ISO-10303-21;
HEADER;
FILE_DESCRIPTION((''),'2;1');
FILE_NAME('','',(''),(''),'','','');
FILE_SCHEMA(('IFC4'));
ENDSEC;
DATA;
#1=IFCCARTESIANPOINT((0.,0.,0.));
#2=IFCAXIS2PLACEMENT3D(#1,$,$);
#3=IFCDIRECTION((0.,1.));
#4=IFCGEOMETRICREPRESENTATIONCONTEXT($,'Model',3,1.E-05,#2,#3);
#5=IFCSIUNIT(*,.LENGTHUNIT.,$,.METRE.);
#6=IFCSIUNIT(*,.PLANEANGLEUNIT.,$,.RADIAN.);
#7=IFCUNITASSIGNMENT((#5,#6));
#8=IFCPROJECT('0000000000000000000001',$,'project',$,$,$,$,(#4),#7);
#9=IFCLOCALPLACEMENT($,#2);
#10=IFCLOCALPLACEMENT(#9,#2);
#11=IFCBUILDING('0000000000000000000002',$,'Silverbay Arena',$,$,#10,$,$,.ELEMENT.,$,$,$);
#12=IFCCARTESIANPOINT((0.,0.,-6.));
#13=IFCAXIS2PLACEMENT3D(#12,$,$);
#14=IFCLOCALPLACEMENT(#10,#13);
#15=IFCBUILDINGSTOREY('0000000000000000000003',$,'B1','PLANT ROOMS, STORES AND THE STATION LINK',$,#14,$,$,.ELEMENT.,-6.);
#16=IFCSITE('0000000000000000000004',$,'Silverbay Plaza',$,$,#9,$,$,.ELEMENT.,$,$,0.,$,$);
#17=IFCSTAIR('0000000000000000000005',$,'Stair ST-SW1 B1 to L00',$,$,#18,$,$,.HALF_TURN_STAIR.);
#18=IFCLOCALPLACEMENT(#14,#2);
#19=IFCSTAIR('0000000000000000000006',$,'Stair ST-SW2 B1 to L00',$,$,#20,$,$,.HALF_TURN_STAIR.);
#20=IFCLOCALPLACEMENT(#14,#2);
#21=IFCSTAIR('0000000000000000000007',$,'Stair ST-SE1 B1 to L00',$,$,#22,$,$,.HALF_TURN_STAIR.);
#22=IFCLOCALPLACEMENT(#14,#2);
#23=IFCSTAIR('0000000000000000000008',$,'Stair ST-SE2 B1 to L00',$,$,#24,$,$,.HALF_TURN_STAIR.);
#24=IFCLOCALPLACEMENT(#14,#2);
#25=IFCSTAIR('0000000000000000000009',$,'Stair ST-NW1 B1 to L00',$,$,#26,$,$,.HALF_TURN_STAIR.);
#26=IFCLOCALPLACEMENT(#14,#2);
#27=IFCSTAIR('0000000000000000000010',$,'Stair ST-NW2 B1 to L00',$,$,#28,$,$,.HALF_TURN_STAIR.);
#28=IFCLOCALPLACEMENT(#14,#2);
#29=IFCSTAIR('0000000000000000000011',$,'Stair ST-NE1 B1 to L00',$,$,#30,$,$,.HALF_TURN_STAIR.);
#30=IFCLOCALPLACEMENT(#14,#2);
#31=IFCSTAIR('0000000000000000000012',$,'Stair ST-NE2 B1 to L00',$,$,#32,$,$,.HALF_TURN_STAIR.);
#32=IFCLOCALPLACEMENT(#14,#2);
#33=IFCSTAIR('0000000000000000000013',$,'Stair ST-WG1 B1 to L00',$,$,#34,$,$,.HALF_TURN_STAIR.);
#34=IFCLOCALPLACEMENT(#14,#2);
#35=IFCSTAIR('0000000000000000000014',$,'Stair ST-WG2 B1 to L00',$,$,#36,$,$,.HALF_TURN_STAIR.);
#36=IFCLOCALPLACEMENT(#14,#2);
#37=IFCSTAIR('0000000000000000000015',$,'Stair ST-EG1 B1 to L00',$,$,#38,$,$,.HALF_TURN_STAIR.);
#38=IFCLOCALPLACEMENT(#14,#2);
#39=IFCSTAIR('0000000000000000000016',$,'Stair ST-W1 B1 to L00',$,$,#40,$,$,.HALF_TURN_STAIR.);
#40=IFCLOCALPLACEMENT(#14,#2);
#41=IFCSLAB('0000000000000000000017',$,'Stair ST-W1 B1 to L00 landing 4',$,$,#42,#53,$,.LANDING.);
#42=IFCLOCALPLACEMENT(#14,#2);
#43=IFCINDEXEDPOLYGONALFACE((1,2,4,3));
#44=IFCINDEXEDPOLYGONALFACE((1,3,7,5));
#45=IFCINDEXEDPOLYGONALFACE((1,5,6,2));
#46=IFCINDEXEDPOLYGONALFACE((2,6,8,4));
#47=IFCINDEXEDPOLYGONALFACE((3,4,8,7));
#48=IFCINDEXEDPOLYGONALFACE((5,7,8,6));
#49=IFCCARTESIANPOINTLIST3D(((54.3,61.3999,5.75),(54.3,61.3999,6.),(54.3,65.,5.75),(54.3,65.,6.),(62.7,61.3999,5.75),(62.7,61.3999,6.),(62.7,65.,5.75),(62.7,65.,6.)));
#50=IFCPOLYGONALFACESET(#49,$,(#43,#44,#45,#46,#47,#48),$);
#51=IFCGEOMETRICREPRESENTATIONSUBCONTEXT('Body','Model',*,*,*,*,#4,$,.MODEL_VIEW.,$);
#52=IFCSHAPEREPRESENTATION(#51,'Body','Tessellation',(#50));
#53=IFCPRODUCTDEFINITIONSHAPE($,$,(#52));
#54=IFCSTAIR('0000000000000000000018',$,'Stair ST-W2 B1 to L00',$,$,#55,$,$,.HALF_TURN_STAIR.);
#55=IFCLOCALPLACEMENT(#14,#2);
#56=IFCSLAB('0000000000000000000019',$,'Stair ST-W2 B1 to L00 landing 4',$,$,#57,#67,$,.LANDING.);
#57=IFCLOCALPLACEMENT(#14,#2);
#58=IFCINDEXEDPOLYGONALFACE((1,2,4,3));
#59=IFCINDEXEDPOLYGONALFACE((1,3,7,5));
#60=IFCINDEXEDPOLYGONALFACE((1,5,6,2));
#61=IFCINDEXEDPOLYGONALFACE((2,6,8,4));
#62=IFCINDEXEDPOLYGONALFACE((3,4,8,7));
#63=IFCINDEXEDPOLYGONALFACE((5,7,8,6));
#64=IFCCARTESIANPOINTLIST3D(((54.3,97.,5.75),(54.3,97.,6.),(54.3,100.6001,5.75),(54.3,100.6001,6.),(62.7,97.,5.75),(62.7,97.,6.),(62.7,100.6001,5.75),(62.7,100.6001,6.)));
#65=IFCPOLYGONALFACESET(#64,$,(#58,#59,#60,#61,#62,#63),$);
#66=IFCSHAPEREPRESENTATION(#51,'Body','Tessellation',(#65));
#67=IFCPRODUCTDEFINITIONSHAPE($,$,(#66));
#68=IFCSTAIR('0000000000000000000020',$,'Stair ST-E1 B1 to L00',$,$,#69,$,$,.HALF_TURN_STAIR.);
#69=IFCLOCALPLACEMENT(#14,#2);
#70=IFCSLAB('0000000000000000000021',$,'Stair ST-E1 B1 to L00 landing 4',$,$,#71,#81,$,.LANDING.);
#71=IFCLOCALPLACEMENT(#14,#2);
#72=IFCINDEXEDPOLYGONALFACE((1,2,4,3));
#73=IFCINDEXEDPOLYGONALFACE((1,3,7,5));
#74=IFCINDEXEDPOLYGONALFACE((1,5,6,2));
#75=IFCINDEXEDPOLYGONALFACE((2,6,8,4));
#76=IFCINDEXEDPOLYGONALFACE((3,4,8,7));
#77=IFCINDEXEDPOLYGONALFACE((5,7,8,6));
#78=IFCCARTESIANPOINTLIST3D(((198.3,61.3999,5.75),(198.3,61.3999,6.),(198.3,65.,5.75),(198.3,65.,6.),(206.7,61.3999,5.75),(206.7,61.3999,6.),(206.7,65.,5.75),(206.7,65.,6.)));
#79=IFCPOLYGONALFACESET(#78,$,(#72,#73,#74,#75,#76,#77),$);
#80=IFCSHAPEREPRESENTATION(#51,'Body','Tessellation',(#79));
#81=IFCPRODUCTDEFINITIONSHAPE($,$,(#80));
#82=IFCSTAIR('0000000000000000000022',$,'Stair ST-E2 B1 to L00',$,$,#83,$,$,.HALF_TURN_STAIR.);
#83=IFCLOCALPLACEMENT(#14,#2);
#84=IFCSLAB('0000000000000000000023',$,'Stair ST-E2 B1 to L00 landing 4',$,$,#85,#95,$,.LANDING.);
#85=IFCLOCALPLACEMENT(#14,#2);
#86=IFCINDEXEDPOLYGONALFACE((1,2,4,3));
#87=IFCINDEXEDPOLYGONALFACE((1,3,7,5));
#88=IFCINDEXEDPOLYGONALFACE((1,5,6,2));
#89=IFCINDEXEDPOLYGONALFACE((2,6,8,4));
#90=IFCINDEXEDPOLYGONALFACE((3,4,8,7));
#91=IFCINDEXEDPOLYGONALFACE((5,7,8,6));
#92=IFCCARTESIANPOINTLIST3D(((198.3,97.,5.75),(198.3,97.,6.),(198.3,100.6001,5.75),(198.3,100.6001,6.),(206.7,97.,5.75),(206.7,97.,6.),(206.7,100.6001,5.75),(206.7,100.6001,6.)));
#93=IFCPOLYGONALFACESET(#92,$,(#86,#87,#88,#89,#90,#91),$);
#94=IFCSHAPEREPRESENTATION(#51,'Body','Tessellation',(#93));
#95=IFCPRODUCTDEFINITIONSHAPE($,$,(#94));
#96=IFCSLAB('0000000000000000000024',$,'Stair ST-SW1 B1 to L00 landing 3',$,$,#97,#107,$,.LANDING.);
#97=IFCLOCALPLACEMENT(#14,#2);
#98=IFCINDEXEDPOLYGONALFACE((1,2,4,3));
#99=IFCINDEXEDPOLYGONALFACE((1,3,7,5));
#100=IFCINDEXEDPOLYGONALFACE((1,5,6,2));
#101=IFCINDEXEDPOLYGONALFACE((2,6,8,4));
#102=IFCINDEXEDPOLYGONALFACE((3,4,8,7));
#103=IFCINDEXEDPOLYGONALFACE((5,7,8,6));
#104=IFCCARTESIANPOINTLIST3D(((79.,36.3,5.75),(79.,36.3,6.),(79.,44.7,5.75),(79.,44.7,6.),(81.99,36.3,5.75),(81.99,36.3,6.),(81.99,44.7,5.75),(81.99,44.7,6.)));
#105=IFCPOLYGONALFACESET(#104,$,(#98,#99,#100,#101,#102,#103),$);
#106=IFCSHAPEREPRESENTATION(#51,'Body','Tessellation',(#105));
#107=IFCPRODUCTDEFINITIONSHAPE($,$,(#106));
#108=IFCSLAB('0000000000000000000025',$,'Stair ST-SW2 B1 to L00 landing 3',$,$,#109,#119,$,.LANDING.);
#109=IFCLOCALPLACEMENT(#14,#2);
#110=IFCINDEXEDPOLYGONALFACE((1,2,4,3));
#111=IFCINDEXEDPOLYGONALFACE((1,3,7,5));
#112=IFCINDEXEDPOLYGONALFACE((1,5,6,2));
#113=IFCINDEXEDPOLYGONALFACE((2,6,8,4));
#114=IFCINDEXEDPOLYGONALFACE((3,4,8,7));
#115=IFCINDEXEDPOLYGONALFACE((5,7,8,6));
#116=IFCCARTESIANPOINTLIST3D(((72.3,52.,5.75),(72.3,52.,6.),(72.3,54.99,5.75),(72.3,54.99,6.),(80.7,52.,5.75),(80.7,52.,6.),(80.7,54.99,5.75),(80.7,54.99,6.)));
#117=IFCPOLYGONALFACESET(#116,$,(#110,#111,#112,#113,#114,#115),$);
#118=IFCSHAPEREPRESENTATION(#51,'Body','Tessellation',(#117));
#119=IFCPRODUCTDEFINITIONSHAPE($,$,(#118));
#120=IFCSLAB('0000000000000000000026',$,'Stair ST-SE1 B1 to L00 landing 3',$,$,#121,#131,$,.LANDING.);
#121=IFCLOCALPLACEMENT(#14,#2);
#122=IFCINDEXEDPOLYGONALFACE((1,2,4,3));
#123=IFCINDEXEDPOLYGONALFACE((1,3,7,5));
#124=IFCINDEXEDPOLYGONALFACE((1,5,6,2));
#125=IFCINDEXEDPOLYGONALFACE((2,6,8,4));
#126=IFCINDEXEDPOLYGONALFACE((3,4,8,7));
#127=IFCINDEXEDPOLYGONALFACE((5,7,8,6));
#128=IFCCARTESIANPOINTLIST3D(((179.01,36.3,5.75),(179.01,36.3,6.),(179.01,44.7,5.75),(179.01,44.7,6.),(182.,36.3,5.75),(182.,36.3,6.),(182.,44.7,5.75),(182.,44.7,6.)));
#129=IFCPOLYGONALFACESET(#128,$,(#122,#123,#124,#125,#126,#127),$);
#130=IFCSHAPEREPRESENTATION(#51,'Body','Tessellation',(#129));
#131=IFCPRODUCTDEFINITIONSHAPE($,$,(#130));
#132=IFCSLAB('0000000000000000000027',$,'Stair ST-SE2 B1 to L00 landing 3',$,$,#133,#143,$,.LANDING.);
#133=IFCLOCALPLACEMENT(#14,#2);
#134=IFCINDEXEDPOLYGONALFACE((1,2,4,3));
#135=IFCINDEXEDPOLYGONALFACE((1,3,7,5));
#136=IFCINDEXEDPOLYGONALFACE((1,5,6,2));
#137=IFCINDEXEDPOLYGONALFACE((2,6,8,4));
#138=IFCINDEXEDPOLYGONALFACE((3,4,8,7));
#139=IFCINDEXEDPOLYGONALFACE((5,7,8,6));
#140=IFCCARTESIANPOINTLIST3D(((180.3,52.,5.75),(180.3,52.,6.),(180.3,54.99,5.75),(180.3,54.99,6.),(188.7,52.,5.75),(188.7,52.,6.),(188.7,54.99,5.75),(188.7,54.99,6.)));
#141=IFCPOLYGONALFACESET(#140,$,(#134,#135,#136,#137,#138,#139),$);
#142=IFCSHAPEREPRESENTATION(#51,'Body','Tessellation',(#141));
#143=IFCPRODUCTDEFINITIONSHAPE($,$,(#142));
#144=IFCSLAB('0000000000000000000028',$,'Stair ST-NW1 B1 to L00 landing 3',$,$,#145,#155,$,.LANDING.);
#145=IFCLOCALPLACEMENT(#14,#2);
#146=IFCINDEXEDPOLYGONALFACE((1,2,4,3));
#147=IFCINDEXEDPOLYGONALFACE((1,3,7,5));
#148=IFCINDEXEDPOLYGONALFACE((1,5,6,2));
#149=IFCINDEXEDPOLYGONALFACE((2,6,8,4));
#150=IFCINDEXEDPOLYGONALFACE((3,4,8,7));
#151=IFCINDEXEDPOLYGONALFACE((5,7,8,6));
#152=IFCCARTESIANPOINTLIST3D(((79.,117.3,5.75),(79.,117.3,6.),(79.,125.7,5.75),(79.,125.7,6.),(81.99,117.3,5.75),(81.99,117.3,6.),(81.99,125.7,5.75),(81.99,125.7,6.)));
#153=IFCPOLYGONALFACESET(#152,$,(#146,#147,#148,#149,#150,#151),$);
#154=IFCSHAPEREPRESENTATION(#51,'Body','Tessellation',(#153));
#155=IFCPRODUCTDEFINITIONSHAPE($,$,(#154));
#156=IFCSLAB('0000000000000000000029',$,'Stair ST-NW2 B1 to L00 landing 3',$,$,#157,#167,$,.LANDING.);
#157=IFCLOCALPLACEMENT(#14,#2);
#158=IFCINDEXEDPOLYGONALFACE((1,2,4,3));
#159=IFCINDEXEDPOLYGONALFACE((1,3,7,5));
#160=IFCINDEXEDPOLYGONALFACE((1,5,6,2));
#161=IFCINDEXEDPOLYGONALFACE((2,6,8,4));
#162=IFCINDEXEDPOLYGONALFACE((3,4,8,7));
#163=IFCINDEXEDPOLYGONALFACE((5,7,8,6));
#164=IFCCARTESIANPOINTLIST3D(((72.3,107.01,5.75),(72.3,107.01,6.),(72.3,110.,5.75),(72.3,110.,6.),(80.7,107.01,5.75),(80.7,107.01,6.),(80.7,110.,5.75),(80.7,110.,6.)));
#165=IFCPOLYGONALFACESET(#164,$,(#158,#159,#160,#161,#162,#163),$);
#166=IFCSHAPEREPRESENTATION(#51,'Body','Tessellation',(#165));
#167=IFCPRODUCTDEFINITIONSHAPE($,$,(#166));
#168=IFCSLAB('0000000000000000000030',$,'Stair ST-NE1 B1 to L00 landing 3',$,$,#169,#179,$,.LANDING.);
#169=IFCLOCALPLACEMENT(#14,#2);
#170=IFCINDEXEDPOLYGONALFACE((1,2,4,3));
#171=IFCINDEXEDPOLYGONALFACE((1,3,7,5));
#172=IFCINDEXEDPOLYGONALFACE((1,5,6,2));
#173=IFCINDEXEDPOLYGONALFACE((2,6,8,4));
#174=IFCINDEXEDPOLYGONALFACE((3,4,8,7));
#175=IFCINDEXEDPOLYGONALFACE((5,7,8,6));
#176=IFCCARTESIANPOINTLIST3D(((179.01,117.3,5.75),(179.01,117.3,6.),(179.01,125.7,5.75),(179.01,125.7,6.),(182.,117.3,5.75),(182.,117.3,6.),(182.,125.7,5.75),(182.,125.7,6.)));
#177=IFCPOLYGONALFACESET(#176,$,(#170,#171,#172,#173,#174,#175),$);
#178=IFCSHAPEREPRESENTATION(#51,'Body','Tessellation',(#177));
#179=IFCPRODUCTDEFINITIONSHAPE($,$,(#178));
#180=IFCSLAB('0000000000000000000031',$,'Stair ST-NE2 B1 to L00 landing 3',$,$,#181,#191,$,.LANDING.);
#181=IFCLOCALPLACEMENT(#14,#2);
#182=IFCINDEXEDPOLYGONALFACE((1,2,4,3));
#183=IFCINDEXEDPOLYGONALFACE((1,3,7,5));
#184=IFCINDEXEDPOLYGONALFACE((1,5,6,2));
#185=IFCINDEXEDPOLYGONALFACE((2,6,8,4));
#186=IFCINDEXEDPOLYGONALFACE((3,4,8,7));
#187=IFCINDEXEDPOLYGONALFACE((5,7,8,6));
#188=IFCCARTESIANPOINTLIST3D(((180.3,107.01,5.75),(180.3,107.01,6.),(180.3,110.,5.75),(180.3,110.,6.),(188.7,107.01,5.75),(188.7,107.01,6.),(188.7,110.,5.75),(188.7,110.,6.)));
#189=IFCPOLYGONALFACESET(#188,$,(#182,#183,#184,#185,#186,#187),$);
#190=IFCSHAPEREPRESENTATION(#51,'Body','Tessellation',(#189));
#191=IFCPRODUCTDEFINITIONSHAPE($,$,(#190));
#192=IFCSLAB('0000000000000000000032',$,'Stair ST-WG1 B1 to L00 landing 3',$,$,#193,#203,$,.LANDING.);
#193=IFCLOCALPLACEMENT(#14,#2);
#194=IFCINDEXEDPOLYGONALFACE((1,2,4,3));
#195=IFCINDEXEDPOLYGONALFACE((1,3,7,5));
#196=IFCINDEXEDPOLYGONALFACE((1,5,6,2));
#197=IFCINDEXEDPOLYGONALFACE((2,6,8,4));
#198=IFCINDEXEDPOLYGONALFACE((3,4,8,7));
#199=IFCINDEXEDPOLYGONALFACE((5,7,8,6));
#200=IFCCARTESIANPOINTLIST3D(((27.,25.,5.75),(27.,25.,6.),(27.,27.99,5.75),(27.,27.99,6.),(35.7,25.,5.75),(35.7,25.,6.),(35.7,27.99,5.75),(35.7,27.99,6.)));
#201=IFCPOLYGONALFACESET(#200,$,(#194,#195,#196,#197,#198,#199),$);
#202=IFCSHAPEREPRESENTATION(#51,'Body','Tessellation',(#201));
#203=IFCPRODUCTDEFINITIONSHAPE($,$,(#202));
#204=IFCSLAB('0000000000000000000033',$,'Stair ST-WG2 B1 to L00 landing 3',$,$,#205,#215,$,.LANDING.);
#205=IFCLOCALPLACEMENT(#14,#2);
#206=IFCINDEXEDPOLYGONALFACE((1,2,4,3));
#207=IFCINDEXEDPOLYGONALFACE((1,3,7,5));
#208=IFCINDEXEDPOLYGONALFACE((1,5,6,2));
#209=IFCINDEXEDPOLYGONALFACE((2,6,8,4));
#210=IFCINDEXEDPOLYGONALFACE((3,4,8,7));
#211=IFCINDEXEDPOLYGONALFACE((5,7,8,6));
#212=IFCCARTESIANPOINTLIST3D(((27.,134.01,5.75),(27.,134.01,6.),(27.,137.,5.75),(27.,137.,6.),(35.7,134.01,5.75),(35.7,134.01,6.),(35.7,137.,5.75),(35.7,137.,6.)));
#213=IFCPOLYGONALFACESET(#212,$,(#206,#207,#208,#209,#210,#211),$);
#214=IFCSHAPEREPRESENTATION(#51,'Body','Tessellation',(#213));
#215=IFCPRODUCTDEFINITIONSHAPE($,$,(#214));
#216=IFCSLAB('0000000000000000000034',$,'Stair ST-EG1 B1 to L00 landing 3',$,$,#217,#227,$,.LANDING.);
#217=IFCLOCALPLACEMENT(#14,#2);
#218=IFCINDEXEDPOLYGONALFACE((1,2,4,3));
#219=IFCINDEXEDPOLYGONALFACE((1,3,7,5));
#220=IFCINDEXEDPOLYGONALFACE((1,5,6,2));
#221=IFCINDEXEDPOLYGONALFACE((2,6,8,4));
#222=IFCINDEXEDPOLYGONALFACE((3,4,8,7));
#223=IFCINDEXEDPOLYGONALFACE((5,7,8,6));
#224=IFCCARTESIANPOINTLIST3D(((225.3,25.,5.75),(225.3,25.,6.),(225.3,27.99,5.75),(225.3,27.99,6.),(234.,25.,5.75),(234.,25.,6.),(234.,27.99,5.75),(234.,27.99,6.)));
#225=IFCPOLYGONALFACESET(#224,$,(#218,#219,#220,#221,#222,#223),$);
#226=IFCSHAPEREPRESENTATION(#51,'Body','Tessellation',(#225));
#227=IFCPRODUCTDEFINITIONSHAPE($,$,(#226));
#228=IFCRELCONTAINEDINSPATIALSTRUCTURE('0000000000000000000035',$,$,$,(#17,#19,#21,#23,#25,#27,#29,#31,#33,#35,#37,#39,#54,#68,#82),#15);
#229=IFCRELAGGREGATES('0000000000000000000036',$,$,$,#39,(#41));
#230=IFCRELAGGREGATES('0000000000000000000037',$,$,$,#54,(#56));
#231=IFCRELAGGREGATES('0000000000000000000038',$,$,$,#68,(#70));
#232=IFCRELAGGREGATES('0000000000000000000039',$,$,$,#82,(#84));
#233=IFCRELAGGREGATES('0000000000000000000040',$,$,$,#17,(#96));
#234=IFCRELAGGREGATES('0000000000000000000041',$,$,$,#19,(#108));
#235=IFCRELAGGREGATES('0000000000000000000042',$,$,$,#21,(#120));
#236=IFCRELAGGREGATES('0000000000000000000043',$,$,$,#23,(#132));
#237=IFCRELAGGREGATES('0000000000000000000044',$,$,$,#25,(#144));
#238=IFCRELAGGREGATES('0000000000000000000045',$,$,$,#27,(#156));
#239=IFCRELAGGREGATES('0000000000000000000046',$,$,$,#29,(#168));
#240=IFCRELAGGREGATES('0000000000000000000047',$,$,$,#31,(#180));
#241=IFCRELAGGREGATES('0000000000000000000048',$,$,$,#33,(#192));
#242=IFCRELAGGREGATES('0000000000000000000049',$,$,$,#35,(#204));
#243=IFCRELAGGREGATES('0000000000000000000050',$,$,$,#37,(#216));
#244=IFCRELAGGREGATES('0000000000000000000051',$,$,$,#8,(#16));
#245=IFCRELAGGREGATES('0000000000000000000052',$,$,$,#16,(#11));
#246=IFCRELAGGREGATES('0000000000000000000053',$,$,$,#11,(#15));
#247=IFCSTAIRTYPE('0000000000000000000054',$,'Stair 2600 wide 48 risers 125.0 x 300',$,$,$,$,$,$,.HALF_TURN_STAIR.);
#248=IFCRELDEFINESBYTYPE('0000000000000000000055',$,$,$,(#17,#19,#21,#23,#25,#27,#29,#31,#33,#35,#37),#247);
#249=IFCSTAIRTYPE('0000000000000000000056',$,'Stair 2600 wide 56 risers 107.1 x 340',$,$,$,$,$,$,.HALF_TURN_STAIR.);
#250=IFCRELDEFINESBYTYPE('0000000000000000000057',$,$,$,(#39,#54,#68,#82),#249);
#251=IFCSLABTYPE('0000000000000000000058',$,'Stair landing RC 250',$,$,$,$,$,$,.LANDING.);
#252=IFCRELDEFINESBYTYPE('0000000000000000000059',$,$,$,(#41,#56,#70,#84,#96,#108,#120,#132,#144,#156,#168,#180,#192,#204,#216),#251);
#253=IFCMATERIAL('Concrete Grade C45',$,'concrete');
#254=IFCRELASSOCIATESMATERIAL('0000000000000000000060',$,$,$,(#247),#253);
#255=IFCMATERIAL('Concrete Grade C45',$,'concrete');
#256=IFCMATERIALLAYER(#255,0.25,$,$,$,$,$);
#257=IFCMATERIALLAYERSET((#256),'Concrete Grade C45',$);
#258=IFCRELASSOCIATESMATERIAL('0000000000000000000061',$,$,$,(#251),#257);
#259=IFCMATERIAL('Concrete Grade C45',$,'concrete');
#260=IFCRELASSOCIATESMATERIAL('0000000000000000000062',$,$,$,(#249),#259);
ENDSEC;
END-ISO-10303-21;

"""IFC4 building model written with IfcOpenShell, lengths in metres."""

from ifc_helpers import new_model, si_unit, direction, frame, origin, place, context, subcontext, project, spatial, polyline, outline, extrude, material, layer, layer_set, type_object, element, aggregate, save


model = new_model("IFC4")

# Units and contexts
model_context = context("Model", 3, precision=1e-05, world=origin(), true_north=direction((0.0, 1.0)))
body_context = subcontext(model_context, "Body", "Model", "MODEL_VIEW")
ifc_project = project(units=[si_unit("LENGTHUNIT", "METRE"), si_unit("PLANEANGLEUNIT", "RADIAN")], contexts=[model_context])

# Site, building, storey
site_placement = place(None, origin())
site = spatial("IfcSite", under=ifc_project, at=site_placement, Name="Silverbay Plaza", CompositionType="ELEMENT", RefElevation=0.0)
building_placement = place(site_placement, origin())
building = spatial("IfcBuilding", under=site, at=building_placement, Name="Silverbay Arena", CompositionType="ELEMENT")
storey_placement = place(building_placement, frame((0.0, 0.0, -6.0)))
storey = spatial("IfcBuildingStorey", under=building, at=storey_placement, Name="B1", Description="PLANT ROOMS, STORES AND THE STATION LINK", CompositionType="ELEMENT", Elevation=-6.0)

# Stairs
ifc_material_1 = material(Name="Concrete Grade C45", Category="concrete")
stair_type_1 = type_object("IfcStairType", Name="Stair 2600 wide 48 risers 125.0 x 300", PredefinedType="HALF_TURN_STAIR", material=ifc_material_1)
stair_1_placement = place(storey_placement, origin())
stair_1 = element("IfcStair", 1, at=stair_1_placement, inside=storey, type_object=stair_type_1, Name="Stair ST-SW1 B1 to L00", PredefinedType="HALF_TURN_STAIR")
stair_2_placement = place(storey_placement, origin())
stair_2 = element("IfcStair", 2, at=stair_2_placement, inside=storey, type_object=stair_type_1, Name="Stair ST-SW2 B1 to L00", PredefinedType="HALF_TURN_STAIR")
stair_3_placement = place(storey_placement, origin())
stair_3 = element("IfcStair", 3, at=stair_3_placement, inside=storey, type_object=stair_type_1, Name="Stair ST-SE1 B1 to L00", PredefinedType="HALF_TURN_STAIR")
stair_4_placement = place(storey_placement, origin())
stair_4 = element("IfcStair", 4, at=stair_4_placement, inside=storey, type_object=stair_type_1, Name="Stair ST-SE2 B1 to L00", PredefinedType="HALF_TURN_STAIR")
stair_5_placement = place(storey_placement, origin())
stair_5 = element("IfcStair", 5, at=stair_5_placement, inside=storey, type_object=stair_type_1, Name="Stair ST-NW1 B1 to L00", PredefinedType="HALF_TURN_STAIR")
stair_6_placement = place(storey_placement, origin())
stair_6 = element("IfcStair", 6, at=stair_6_placement, inside=storey, type_object=stair_type_1, Name="Stair ST-NW2 B1 to L00", PredefinedType="HALF_TURN_STAIR")
stair_7_placement = place(storey_placement, origin())
stair_7 = element("IfcStair", 7, at=stair_7_placement, inside=storey, type_object=stair_type_1, Name="Stair ST-NE1 B1 to L00", PredefinedType="HALF_TURN_STAIR")
stair_8_placement = place(storey_placement, origin())
stair_8 = element("IfcStair", 8, at=stair_8_placement, inside=storey, type_object=stair_type_1, Name="Stair ST-NE2 B1 to L00", PredefinedType="HALF_TURN_STAIR")
stair_9_placement = place(storey_placement, origin())
stair_9 = element("IfcStair", 9, at=stair_9_placement, inside=storey, type_object=stair_type_1, Name="Stair ST-WG1 B1 to L00", PredefinedType="HALF_TURN_STAIR")
stair_10_placement = place(storey_placement, origin())
stair_10 = element("IfcStair", 10, at=stair_10_placement, inside=storey, type_object=stair_type_1, Name="Stair ST-WG2 B1 to L00", PredefinedType="HALF_TURN_STAIR")
stair_11_placement = place(storey_placement, origin())
stair_11 = element("IfcStair", 11, at=stair_11_placement, inside=storey, type_object=stair_type_1, Name="Stair ST-EG1 B1 to L00", PredefinedType="HALF_TURN_STAIR")

# Shared definitions
ifc_material_2 = material(Name="Concrete Grade C45", Category="concrete")
ifc_layer_1 = layer(ifc_material_2, 0.25)
ifc_layer_set_1 = layer_set([ifc_layer_1], Name="Concrete Grade C45")
slab_type_1 = type_object("IfcSlabType", Name="Stair landing RC 250", PredefinedType="LANDING", material=ifc_layer_set_1)

# Stairs, slabs
ifc_material_3 = material(Name="Concrete Grade C45", Category="concrete")
stair_type_2 = type_object("IfcStairType", Name="Stair 2600 wide 56 risers 107.1 x 340", PredefinedType="HALF_TURN_STAIR", material=ifc_material_3)
stair_12_placement = place(storey_placement, origin())
stair_12 = element("IfcStair", 12, at=stair_12_placement, inside=storey, type_object=stair_type_2, Name="Stair ST-W1 B1 to L00", PredefinedType="HALF_TURN_STAIR")
slab_1_placement = place(storey_placement, frame((0.0, 0.0, 5.75)))
slab_1 = element("IfcSlab", 13, at=slab_1_placement, type_object=slab_type_1, Name="Stair ST-W1 B1 to L00 landing 4", PredefinedType="LANDING", context=body_context, shape_type="SweptSolid", body=[
    extrude(outline(polyline([(62.7, 65.0), (62.7, 61.3999), (54.3, 61.3999), (54.3, 65.0), (62.7, 65.0)])), origin(), (0.0, 0.0, 1.0), 0.25),
])
aggregate(stair_12, [slab_1])
stair_13_placement = place(storey_placement, origin())
stair_13 = element("IfcStair", 14, at=stair_13_placement, inside=storey, type_object=stair_type_2, Name="Stair ST-W2 B1 to L00", PredefinedType="HALF_TURN_STAIR")
slab_2_placement = place(storey_placement, frame((0.0, 0.0, 5.75)))
slab_2 = element("IfcSlab", 15, at=slab_2_placement, type_object=slab_type_1, Name="Stair ST-W2 B1 to L00 landing 4", PredefinedType="LANDING", context=body_context, shape_type="SweptSolid", body=[
    extrude(outline(polyline([(62.7, 97.0), (62.7, 100.6001), (54.3, 100.6001), (54.3, 97.0), (62.7, 97.0)])), origin(), (0.0, 0.0, 1.0), 0.25),
])
aggregate(stair_13, [slab_2])
stair_14_placement = place(storey_placement, origin())
stair_14 = element("IfcStair", 16, at=stair_14_placement, inside=storey, type_object=stair_type_2, Name="Stair ST-E1 B1 to L00", PredefinedType="HALF_TURN_STAIR")
slab_3_placement = place(storey_placement, frame((0.0, 0.0, 5.75)))
slab_3 = element("IfcSlab", 17, at=slab_3_placement, type_object=slab_type_1, Name="Stair ST-E1 B1 to L00 landing 4", PredefinedType="LANDING", context=body_context, shape_type="SweptSolid", body=[
    extrude(outline(polyline([(198.3, 65.0), (198.3, 61.3999), (206.7, 61.3999), (206.7, 65.0), (198.3, 65.0)])), origin(), (0.0, 0.0, 1.0), 0.25),
])
aggregate(stair_14, [slab_3])
stair_15_placement = place(storey_placement, origin())
stair_15 = element("IfcStair", 18, at=stair_15_placement, inside=storey, type_object=stair_type_2, Name="Stair ST-E2 B1 to L00", PredefinedType="HALF_TURN_STAIR")
slab_4_placement = place(storey_placement, frame((0.0, 0.0, 5.75)))
slab_4 = element("IfcSlab", 19, at=slab_4_placement, type_object=slab_type_1, Name="Stair ST-E2 B1 to L00 landing 4", PredefinedType="LANDING", context=body_context, shape_type="SweptSolid", body=[
    extrude(outline(polyline([(198.3, 97.0), (198.3, 100.6001), (206.7, 100.6001), (206.7, 97.0), (198.3, 97.0)])), origin(), (0.0, 0.0, 1.0), 0.25),
])
aggregate(stair_15, [slab_4])

# Slabs
slab_5_placement = place(storey_placement, frame((0.0, 0.0, 5.75)))
slab_5 = element("IfcSlab", 20, at=slab_5_placement, type_object=slab_type_1, Name="Stair ST-SW1 B1 to L00 landing 3", PredefinedType="LANDING", context=body_context, shape_type="SweptSolid", body=[
    extrude(outline(polyline([(81.99, 44.7), (79.0, 44.7), (79.0, 36.3), (81.99, 36.3), (81.99, 44.7)])), origin(), (0.0, 0.0, 1.0), 0.25),
])
aggregate(stair_1, [slab_5])
slab_6_placement = place(storey_placement, frame((0.0, 0.0, 5.75)))
slab_6 = element("IfcSlab", 21, at=slab_6_placement, type_object=slab_type_1, Name="Stair ST-SW2 B1 to L00 landing 3", PredefinedType="LANDING", context=body_context, shape_type="SweptSolid", body=[
    extrude(outline(polyline([(80.7, 54.99), (80.7, 52.0), (72.3, 52.0), (72.3, 54.99), (80.7, 54.99)])), origin(), (0.0, 0.0, 1.0), 0.25),
])
aggregate(stair_2, [slab_6])
slab_7_placement = place(storey_placement, frame((0.0, 0.0, 5.75)))
slab_7 = element("IfcSlab", 22, at=slab_7_placement, type_object=slab_type_1, Name="Stair ST-SE1 B1 to L00 landing 3", PredefinedType="LANDING", context=body_context, shape_type="SweptSolid", body=[
    extrude(outline(polyline([(179.01, 44.7), (182.0, 44.7), (182.0, 36.3), (179.01, 36.3), (179.01, 44.7)])), origin(), (0.0, 0.0, 1.0), 0.25),
])
aggregate(stair_3, [slab_7])
slab_8_placement = place(storey_placement, frame((0.0, 0.0, 5.75)))
slab_8 = element("IfcSlab", 23, at=slab_8_placement, type_object=slab_type_1, Name="Stair ST-SE2 B1 to L00 landing 3", PredefinedType="LANDING", context=body_context, shape_type="SweptSolid", body=[
    extrude(outline(polyline([(180.3, 54.99), (180.3, 52.0), (188.7, 52.0), (188.7, 54.99), (180.3, 54.99)])), origin(), (0.0, 0.0, 1.0), 0.25),
])
aggregate(stair_4, [slab_8])
slab_9_placement = place(storey_placement, frame((0.0, 0.0, 5.75)))
slab_9 = element("IfcSlab", 24, at=slab_9_placement, type_object=slab_type_1, Name="Stair ST-NW1 B1 to L00 landing 3", PredefinedType="LANDING", context=body_context, shape_type="SweptSolid", body=[
    extrude(outline(polyline([(81.99, 117.3), (79.0, 117.3), (79.0, 125.7), (81.99, 125.7), (81.99, 117.3)])), origin(), (0.0, 0.0, 1.0), 0.25),
])
aggregate(stair_5, [slab_9])
slab_10_placement = place(storey_placement, frame((0.0, 0.0, 5.75)))
slab_10 = element("IfcSlab", 25, at=slab_10_placement, type_object=slab_type_1, Name="Stair ST-NW2 B1 to L00 landing 3", PredefinedType="LANDING", context=body_context, shape_type="SweptSolid", body=[
    extrude(outline(polyline([(80.7, 107.01), (80.7, 110.0), (72.3, 110.0), (72.3, 107.01), (80.7, 107.01)])), origin(), (0.0, 0.0, 1.0), 0.25),
])
aggregate(stair_6, [slab_10])
slab_11_placement = place(storey_placement, frame((0.0, 0.0, 5.75)))
slab_11 = element("IfcSlab", 26, at=slab_11_placement, type_object=slab_type_1, Name="Stair ST-NE1 B1 to L00 landing 3", PredefinedType="LANDING", context=body_context, shape_type="SweptSolid", body=[
    extrude(outline(polyline([(179.01, 117.3), (182.0, 117.3), (182.0, 125.7), (179.01, 125.7), (179.01, 117.3)])), origin(), (0.0, 0.0, 1.0), 0.25),
])
aggregate(stair_7, [slab_11])
slab_12_placement = place(storey_placement, frame((0.0, 0.0, 5.75)))
slab_12 = element("IfcSlab", 27, at=slab_12_placement, type_object=slab_type_1, Name="Stair ST-NE2 B1 to L00 landing 3", PredefinedType="LANDING", context=body_context, shape_type="SweptSolid", body=[
    extrude(outline(polyline([(180.3, 107.01), (180.3, 110.0), (188.7, 110.0), (188.7, 107.01), (180.3, 107.01)])), origin(), (0.0, 0.0, 1.0), 0.25),
])
aggregate(stair_8, [slab_12])
slab_13_placement = place(storey_placement, frame((0.0, 0.0, 5.75)))
slab_13 = element("IfcSlab", 28, at=slab_13_placement, type_object=slab_type_1, Name="Stair ST-WG1 B1 to L00 landing 3", PredefinedType="LANDING", context=body_context, shape_type="SweptSolid", body=[
    extrude(outline(polyline([(35.7, 27.99), (35.7, 25.0), (27.0, 25.0), (27.0, 27.99), (35.7, 27.99)])), origin(), (0.0, 0.0, 1.0), 0.25),
])
aggregate(stair_9, [slab_13])
slab_14_placement = place(storey_placement, frame((0.0, 0.0, 5.75)))
slab_14 = element("IfcSlab", 29, at=slab_14_placement, type_object=slab_type_1, Name="Stair ST-WG2 B1 to L00 landing 3", PredefinedType="LANDING", context=body_context, shape_type="SweptSolid", body=[
    extrude(outline(polyline([(35.7, 134.01), (35.7, 137.0), (27.0, 137.0), (27.0, 134.01), (35.7, 134.01)])), origin(), (0.0, 0.0, 1.0), 0.25),
])
aggregate(stair_10, [slab_14])
slab_15_placement = place(storey_placement, frame((0.0, 0.0, 5.75)))
slab_15 = element("IfcSlab", 30, at=slab_15_placement, type_object=slab_type_1, Name="Stair ST-EG1 B1 to L00 landing 3", PredefinedType="LANDING", context=body_context, shape_type="SweptSolid", body=[
    extrude(outline(polyline([(225.3, 27.99), (225.3, 25.0), (234.0, 25.0), (234.0, 27.99), (225.3, 27.99)])), origin(), (0.0, 0.0, 1.0), 0.25),
])
aggregate(stair_11, [slab_15])

save(model, "model.ifc")
